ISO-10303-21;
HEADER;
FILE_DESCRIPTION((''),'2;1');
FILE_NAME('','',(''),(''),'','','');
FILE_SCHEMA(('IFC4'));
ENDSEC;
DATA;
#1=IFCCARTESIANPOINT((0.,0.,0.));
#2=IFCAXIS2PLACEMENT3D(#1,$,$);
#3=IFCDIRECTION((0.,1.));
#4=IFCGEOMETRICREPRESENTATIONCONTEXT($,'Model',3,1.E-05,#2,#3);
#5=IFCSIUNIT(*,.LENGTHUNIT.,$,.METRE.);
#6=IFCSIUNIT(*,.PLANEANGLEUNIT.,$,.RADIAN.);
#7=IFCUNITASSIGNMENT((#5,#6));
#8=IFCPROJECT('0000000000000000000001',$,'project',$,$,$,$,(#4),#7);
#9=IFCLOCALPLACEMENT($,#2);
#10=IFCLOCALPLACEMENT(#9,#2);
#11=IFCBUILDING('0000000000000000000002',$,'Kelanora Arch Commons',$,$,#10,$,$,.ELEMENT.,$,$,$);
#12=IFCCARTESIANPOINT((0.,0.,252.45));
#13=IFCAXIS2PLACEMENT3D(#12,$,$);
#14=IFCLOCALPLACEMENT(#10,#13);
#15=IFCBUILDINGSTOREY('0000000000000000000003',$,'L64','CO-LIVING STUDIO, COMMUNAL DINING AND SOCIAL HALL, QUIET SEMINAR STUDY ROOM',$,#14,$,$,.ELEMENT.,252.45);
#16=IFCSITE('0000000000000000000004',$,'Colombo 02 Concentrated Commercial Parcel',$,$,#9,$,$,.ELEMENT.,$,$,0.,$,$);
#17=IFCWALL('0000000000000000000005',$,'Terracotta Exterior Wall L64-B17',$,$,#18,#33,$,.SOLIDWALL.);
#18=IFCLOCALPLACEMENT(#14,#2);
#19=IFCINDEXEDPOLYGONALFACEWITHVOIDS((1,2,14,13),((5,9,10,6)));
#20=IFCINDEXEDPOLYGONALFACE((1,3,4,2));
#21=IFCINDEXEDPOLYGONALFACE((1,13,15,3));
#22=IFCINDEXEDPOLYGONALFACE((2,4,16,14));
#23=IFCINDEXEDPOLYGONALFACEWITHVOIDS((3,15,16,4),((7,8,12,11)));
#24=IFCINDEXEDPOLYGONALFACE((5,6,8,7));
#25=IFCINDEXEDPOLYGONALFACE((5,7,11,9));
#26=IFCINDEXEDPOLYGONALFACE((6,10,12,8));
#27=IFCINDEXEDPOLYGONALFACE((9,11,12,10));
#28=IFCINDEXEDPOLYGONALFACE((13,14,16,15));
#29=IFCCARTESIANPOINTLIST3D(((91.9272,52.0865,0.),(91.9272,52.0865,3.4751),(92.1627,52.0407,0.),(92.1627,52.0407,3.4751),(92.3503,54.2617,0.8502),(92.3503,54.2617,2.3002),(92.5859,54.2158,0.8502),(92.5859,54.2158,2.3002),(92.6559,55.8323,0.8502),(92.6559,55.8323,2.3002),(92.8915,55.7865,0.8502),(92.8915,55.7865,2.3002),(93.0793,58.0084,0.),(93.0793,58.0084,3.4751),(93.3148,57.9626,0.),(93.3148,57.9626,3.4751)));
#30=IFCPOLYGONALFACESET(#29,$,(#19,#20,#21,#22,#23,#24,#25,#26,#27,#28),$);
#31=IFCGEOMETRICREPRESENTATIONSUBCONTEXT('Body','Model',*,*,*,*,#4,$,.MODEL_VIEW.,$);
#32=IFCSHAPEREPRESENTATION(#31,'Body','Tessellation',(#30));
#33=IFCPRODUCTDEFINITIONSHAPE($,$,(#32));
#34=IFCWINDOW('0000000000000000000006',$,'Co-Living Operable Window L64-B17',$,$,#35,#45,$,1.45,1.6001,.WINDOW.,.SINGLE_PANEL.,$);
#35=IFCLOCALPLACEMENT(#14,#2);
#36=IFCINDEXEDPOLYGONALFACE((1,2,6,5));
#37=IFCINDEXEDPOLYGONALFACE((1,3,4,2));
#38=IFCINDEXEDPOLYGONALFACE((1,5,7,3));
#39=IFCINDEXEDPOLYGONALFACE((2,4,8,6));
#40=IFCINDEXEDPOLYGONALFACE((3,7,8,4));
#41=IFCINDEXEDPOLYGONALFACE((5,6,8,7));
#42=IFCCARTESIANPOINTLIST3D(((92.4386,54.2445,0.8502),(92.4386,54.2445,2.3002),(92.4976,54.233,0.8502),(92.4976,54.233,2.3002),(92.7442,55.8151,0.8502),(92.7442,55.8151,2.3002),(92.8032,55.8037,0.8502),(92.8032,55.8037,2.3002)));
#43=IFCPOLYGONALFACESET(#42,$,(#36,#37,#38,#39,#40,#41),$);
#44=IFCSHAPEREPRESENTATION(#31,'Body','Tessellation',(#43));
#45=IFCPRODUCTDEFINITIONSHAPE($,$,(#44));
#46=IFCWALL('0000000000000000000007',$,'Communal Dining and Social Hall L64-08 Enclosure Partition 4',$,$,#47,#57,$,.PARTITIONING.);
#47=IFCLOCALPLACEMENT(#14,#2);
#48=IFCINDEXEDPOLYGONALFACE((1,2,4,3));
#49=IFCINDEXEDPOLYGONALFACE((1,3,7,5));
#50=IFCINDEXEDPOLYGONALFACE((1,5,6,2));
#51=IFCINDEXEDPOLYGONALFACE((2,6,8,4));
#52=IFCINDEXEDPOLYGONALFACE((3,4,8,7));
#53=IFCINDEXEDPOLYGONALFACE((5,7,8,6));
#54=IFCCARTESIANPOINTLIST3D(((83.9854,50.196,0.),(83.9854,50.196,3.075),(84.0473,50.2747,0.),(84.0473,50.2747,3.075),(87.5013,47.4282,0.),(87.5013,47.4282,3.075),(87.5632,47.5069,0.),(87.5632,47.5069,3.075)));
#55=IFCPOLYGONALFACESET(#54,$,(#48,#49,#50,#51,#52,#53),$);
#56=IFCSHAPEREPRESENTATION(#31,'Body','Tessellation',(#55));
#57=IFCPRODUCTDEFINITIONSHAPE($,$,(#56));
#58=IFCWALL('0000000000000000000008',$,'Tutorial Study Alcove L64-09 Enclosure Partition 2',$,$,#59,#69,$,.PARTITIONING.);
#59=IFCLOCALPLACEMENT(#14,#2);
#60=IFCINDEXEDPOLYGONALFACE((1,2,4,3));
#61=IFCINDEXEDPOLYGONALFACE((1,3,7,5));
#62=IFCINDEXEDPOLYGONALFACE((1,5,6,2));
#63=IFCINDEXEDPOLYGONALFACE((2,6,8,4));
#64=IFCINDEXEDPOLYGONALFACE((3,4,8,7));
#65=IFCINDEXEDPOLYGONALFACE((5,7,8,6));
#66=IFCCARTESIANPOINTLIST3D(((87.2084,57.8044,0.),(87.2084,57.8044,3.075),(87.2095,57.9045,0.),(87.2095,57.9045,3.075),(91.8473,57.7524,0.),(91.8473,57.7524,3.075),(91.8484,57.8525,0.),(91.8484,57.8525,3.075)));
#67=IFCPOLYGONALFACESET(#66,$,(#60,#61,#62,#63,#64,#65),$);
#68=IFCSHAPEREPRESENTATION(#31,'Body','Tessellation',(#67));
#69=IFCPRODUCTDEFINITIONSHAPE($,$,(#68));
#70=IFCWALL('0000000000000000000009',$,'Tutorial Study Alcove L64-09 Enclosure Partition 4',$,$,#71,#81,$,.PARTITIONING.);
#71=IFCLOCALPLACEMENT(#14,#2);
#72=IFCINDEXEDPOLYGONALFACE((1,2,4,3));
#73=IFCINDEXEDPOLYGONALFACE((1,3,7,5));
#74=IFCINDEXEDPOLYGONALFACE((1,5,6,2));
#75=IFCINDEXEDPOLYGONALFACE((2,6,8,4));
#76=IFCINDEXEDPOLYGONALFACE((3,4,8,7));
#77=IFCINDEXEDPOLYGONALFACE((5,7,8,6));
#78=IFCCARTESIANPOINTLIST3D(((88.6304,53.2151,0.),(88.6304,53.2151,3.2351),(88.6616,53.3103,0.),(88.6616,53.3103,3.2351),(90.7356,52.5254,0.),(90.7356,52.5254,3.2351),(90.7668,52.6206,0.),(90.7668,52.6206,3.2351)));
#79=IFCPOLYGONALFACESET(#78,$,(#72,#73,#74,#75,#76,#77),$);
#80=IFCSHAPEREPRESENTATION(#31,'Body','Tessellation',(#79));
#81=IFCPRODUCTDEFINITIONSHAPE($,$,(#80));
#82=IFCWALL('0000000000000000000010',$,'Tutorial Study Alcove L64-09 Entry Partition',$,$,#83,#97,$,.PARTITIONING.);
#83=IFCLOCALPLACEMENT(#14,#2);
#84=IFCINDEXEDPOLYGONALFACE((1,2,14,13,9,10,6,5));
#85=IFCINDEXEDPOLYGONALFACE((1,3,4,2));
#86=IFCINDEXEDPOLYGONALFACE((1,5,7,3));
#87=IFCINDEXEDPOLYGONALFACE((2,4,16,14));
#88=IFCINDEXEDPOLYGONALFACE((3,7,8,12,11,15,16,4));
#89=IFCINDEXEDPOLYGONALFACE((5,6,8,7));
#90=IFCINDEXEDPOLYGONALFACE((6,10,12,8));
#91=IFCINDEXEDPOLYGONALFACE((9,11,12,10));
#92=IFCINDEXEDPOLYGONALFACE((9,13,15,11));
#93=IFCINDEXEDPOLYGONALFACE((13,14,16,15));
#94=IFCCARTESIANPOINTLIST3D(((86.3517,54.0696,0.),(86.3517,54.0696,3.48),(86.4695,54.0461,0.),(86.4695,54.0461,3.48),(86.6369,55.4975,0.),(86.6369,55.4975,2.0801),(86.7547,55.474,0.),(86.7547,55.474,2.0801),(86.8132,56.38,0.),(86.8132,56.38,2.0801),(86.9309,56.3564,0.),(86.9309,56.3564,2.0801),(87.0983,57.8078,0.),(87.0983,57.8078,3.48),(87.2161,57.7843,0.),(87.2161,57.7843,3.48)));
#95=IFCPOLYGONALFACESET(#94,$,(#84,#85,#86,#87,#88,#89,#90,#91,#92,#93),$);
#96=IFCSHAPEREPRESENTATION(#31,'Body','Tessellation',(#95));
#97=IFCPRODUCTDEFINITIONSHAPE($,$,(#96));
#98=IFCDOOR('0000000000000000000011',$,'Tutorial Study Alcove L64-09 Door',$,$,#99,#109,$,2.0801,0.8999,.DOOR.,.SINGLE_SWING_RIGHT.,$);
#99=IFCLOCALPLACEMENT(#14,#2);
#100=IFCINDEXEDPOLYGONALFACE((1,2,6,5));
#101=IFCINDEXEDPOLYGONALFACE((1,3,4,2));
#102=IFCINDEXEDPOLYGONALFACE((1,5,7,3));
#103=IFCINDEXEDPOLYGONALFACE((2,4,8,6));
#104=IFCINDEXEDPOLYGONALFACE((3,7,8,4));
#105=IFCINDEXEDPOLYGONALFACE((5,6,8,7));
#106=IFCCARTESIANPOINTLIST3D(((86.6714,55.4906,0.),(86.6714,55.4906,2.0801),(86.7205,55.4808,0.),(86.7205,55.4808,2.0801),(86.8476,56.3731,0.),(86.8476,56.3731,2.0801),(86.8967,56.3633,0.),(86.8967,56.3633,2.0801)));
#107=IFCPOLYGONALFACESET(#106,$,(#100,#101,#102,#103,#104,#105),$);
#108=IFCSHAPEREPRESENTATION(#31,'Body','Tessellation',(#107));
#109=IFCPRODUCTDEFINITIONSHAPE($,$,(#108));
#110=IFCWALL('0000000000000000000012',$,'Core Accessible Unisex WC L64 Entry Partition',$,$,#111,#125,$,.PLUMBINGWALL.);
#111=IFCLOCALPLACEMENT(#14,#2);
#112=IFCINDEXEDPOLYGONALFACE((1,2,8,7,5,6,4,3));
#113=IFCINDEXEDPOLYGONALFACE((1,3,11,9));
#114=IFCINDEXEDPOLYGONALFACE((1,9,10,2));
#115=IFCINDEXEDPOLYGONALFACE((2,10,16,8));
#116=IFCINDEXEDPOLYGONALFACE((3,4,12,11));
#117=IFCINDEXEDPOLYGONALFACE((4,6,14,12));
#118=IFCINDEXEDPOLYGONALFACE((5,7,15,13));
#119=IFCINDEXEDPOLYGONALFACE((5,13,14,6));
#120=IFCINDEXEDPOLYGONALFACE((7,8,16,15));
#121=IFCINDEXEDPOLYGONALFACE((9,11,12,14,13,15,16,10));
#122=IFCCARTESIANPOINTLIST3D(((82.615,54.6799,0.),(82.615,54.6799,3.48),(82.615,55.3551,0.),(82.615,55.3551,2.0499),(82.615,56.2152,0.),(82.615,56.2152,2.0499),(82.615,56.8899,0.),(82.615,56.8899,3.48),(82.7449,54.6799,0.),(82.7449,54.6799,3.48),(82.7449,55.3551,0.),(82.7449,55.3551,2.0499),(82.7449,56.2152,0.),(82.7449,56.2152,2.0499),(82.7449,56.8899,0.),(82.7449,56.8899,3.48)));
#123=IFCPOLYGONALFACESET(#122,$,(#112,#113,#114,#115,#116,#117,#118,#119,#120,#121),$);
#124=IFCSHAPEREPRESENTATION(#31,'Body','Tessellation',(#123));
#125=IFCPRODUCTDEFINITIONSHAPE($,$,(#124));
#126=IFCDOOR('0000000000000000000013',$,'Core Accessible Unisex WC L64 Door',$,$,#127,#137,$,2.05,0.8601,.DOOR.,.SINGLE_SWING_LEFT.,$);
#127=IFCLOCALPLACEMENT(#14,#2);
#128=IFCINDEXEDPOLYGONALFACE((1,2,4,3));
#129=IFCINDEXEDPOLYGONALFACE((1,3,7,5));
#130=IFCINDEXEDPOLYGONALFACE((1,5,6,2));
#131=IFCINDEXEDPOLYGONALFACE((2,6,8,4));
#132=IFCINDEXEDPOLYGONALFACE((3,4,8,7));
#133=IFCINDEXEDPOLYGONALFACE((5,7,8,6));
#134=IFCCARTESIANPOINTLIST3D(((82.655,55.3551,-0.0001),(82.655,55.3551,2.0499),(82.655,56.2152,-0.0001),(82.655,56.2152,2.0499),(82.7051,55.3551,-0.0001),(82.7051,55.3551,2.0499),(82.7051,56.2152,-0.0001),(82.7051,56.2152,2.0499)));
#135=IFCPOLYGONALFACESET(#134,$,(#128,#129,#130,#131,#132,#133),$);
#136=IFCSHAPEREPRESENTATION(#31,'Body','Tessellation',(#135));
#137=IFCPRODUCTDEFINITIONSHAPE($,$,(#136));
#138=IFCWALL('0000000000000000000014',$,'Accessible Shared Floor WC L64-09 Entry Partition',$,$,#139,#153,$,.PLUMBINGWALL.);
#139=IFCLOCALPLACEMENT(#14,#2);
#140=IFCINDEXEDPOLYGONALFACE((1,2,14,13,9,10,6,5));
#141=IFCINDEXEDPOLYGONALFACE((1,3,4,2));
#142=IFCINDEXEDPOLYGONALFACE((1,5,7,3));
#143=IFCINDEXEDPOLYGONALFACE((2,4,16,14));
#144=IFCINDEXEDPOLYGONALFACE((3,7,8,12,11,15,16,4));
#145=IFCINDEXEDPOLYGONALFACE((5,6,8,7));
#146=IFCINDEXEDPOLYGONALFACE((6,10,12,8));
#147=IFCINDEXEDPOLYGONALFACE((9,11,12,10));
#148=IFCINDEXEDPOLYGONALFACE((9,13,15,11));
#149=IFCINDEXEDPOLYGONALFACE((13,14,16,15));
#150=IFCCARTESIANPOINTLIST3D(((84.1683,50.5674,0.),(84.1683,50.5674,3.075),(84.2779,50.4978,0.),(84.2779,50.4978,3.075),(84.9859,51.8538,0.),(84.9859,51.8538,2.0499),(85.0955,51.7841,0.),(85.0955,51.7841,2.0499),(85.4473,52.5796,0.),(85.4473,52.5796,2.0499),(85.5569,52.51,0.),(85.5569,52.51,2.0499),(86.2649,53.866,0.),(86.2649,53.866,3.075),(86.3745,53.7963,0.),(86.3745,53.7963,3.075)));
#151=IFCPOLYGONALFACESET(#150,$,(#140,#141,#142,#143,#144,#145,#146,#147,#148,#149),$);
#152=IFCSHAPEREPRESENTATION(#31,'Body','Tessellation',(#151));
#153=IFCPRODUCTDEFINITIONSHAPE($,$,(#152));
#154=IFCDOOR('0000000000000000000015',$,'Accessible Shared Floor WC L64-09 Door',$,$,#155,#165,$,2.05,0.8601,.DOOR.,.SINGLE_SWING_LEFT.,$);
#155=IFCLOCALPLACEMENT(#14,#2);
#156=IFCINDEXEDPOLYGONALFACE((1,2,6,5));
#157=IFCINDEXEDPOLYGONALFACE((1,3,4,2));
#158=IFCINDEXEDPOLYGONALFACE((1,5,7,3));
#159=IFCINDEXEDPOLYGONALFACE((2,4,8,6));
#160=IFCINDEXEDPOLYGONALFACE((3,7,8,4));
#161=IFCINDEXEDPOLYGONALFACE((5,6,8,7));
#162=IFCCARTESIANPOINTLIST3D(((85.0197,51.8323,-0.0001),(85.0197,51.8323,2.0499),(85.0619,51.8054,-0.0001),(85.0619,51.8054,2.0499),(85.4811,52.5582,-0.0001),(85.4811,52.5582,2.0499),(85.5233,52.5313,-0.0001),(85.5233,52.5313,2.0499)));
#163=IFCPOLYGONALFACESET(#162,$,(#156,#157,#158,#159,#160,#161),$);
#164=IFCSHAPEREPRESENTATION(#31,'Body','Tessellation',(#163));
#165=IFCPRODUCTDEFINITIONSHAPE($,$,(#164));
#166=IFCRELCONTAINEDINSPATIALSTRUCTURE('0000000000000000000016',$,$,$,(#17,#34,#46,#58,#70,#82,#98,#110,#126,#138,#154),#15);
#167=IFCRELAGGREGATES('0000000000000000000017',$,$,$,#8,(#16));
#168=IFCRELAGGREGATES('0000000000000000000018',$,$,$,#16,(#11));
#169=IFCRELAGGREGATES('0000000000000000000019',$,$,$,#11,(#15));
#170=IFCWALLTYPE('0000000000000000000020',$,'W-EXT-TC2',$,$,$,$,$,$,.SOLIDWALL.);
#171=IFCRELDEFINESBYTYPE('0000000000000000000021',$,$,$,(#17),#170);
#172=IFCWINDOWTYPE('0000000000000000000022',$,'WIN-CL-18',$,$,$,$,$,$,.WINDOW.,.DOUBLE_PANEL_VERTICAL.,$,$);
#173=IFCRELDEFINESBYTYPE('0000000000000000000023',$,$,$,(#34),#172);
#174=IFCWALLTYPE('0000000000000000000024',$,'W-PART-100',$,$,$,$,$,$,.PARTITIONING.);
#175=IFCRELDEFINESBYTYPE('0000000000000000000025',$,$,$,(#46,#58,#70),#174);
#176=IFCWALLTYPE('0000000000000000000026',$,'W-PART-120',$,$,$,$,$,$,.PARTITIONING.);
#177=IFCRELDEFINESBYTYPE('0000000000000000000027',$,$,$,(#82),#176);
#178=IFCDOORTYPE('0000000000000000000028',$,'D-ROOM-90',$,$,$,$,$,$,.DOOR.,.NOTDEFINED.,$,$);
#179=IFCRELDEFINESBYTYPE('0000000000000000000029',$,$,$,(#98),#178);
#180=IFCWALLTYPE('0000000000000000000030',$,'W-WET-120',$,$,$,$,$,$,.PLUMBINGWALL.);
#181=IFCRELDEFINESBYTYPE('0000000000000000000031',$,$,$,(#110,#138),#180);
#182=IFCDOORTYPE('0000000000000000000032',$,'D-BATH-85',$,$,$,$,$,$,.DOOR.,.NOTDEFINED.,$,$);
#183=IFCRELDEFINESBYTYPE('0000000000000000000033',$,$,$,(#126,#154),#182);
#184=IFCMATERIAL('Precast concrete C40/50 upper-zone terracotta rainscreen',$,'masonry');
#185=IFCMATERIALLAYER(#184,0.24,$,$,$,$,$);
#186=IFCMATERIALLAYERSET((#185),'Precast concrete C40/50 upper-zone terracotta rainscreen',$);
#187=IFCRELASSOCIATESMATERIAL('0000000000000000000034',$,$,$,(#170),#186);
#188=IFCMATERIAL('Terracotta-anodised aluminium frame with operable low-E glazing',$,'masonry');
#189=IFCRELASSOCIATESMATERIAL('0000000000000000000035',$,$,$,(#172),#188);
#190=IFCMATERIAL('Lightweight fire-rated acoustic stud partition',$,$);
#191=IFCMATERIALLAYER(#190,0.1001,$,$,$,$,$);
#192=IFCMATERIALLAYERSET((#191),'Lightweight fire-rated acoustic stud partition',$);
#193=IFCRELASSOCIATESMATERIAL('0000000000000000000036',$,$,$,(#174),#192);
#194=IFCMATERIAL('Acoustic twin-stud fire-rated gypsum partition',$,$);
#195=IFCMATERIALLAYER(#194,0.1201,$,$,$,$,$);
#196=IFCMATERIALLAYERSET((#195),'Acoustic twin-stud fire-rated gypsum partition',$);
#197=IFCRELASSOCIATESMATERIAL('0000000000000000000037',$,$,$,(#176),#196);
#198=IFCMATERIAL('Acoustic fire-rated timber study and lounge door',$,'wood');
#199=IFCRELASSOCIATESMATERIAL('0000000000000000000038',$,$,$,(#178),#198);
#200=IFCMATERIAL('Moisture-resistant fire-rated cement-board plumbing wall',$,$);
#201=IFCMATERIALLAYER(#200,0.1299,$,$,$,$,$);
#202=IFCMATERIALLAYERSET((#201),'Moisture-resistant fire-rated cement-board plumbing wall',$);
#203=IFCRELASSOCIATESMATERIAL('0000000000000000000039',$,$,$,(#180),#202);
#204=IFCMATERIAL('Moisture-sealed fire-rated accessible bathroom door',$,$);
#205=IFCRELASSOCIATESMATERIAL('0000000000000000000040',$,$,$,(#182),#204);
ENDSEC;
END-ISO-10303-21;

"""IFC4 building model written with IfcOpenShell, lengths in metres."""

from ifc_helpers import new_model, si_unit, direction, frame, frame_2d, origin, place, context, subcontext, project, spatial, rectangle, extrude, material, layer, layer_set, type_object, element, fill, save


model = new_model("IFC4")

# Units and contexts
model_context = context("Model", 3, precision=1e-05, world=origin(), true_north=direction((0.0, 1.0)))
body_context = subcontext(model_context, "Body", "Model", "MODEL_VIEW")
ifc_project = project(units=[si_unit("LENGTHUNIT", "METRE"), si_unit("PLANEANGLEUNIT", "RADIAN")], contexts=[model_context])

# Site, building, storey
site_placement = place(None, origin())
site = spatial("IfcSite", under=ifc_project, at=site_placement, Name="Colombo 02 Concentrated Commercial Parcel", CompositionType="ELEMENT", RefElevation=0.0)
building_placement = place(site_placement, origin())
building = spatial("IfcBuilding", under=site, at=building_placement, Name="Kelanora Arch Commons", CompositionType="ELEMENT")
storey_placement = place(building_placement, frame((0.0, 0.0, 252.45)))
storey = spatial("IfcBuildingStorey", under=building, at=storey_placement, Name="L64", Description="CO-LIVING STUDIO, COMMUNAL DINING AND SOCIAL HALL, QUIET SEMINAR STUDY ROOM", CompositionType="ELEMENT", Elevation=252.45)

# Wall, opening, window
ifc_material_1 = material(Name="Precast concrete C40/50 upper-zone terracotta rainscreen", Category="masonry")
ifc_layer_1 = layer(ifc_material_1, 0.24)
ifc_layer_set_1 = layer_set([ifc_layer_1], Name="Precast concrete C40/50 upper-zone terracotta rainscreen")
wall_type_1 = type_object("IfcWallType", Name="W-EXT-TC2", PredefinedType="SOLIDWALL", material=ifc_layer_set_1)
wall_1_placement = place(storey_placement, frame((92.0449, 52.0635, 0.0), z_axis=(0.0, 0.0, 1.0), x_axis=(0.190969, 0.981596, 0.0)))
wall_1 = element("IfcWall", 1, at=wall_1_placement, inside=storey, type_object=wall_type_1, Name="Terracotta Exterior Wall L64-B17", PredefinedType="SOLIDWALL", context=body_context, shape_type="SweptSolid", body=[
    extrude(rectangle(XDim=6.033, YDim=0.24, at=frame_2d((3.0166, 0.0))), origin(), (0.0, 0.0, 1.0), 3.4751),
])
opening_1_placement = place(wall_1_placement, frame((2.2161, 0.0, 0.8501)))
opening_1 = element("IfcOpeningElement", 2, at=opening_1_placement, cuts=wall_1, PredefinedType="OPENING", context=body_context, shape_type="SweptSolid", body=[
    extrude(rectangle(XDim=1.6001, YDim=1.45, at=frame_2d((0.8, 0.7251))), frame((0.0, 0.1299, 0.0), z_axis=(0.0, -1.0, 0.0), x_axis=(1.0, 0.0, 0.0)), (0.0, 0.0, 1.0), 0.26),
])
ifc_material_2 = material(Name="Terracotta-anodised aluminium frame with operable low-E glazing", Category="masonry")
window_type = type_object("IfcWindowType", Name="WIN-CL-18", PartitioningType="DOUBLE_PANEL_VERTICAL", PredefinedType="WINDOW", material=ifc_material_2)
window_placement = place(opening_1_placement, origin())
window = element("IfcWindow", 3, at=window_placement, inside=storey, type_object=window_type, Name="Co-Living Operable Window L64-B17", OverallHeight=1.45, OverallWidth=1.6001, PartitioningType="SINGLE_PANEL", PredefinedType="WINDOW", context=body_context, shape_type="SweptSolid", body=[
    extrude(rectangle(XDim=1.6001, YDim=1.45, at=frame_2d((0.8, 0.7251))), frame((0.0, 0.03, 0.0), z_axis=(0.0, -1.0, 0.0), x_axis=(1.0, 0.0, 0.0)), (0.0, 0.0, 1.0), 0.0601),
])
fill(opening_1, window)

# Walls
ifc_material_3 = material(Name="Lightweight fire-rated acoustic stud partition")
ifc_layer_2 = layer(ifc_material_3, 0.1001)
ifc_layer_set_2 = layer_set([ifc_layer_2], Name="Lightweight fire-rated acoustic stud partition")
wall_type_2 = type_object("IfcWallType", Name="W-PART-100", PredefinedType="PARTITIONING", material=ifc_layer_set_2)
wall_2_placement = place(storey_placement, frame((84.0164, 50.2354, 0.0), z_axis=(0.0, 0.0, 1.0), x_axis=(0.785737, -0.618561, 0.0)))
element("IfcWall", 4, at=wall_2_placement, inside=storey, type_object=wall_type_2, Name="Communal Dining and Social Hall L64-08 Enclosure Partition 4", PredefinedType="PARTITIONING", context=body_context, shape_type="SweptSolid", body=[
    extrude(rectangle(XDim=4.4746, YDim=0.1001, at=frame_2d((2.2373, 0.0))), origin(), (0.0, 0.0, 1.0), 3.075),
])
wall_3_placement = place(storey_placement, frame((87.209, 57.8545, 0.0), z_axis=(0.0, 0.0, 1.0), x_axis=(0.999937, -0.011209, 0.0)))
element("IfcWall", 5, at=wall_3_placement, inside=storey, type_object=wall_type_2, Name="Tutorial Study Alcove L64-09 Enclosure Partition 2", PredefinedType="PARTITIONING", context=body_context, shape_type="SweptSolid", body=[
    extrude(rectangle(XDim=4.6392, YDim=0.1001, at=frame_2d((2.3196, 0.0))), origin(), (0.0, 0.0, 1.0), 3.075),
])
wall_4_placement = place(storey_placement, frame((90.7512, 52.573, 0.0), z_axis=(0.0, 0.0, 1.0), x_axis=(-0.950302, 0.31133, 0.0)))
element("IfcWall", 6, at=wall_4_placement, inside=storey, type_object=wall_type_2, Name="Tutorial Study Alcove L64-09 Enclosure Partition 4", PredefinedType="PARTITIONING", context=body_context, shape_type="SweptSolid", body=[
    extrude(rectangle(XDim=2.2153, YDim=0.1001, at=frame_2d((1.1077, 0.0))), origin(), (0.0, 0.0, 1.0), 3.2351),
])

# Walls, openings, doors
ifc_material_4 = material(Name="Acoustic twin-stud fire-rated gypsum partition")
ifc_layer_3 = layer(ifc_material_4, 0.1201)
ifc_layer_set_3 = layer_set([ifc_layer_3], Name="Acoustic twin-stud fire-rated gypsum partition")
wall_type_3 = type_object("IfcWallType", Name="W-PART-120", PredefinedType="PARTITIONING", material=ifc_layer_set_3)
wall_5_placement = place(storey_placement, frame((86.4106, 54.0579, 0.0), z_axis=(0.0, 0.0, 1.0), x_axis=(0.195845, 0.980635, 0.0)))
wall_5 = element("IfcWall", 7, at=wall_5_placement, inside=storey, type_object=wall_type_3, Name="Tutorial Study Alcove L64-09 Entry Partition", PredefinedType="PARTITIONING", context=body_context, shape_type="SweptSolid", body=[
    extrude(rectangle(XDim=3.812, YDim=0.1201, at=frame_2d((1.906, 0.0))), origin(), (0.0, 0.0, 1.0), 3.48),
])
opening_2_placement = place(wall_5_placement, frame((1.4561, 0.0, 0.0)))
opening_2 = element("IfcOpeningElement", 8, at=opening_2_placement, cuts=wall_5, PredefinedType="OPENING", context=body_context, shape_type="SweptSolid", body=[
    extrude(rectangle(XDim=0.8999, YDim=2.0801, at=frame_2d((0.45, 1.04))), frame((0.0, 0.0701, 0.0), z_axis=(0.0, -1.0, 0.0), x_axis=(1.0, 0.0, 0.0)), (0.0, 0.0, 1.0), 0.1401),
])
ifc_material_5 = material(Name="Acoustic fire-rated timber study and lounge door", Category="wood")
door_type_1 = type_object("IfcDoorType", Name="D-ROOM-90", OperationType="NOTDEFINED", PredefinedType="DOOR", material=ifc_material_5)
door_1_placement = place(opening_2_placement, origin())
door_1 = element("IfcDoor", 9, at=door_1_placement, inside=storey, type_object=door_type_1, Name="Tutorial Study Alcove L64-09 Door", OperationType="SINGLE_SWING_RIGHT", OverallHeight=2.0801, OverallWidth=0.8999, PredefinedType="DOOR", context=body_context, shape_type="SweptSolid", body=[
    extrude(rectangle(XDim=0.8999, YDim=2.0801, at=frame_2d((0.45, 1.04))), frame((0.0, 0.0249, 0.0), z_axis=(0.0, -1.0, 0.0), x_axis=(1.0, 0.0, 0.0)), (0.0, 0.0, 1.0), 0.05),
])
fill(opening_2, door_1)
ifc_material_6 = material(Name="Moisture-resistant fire-rated cement-board plumbing wall")
ifc_layer_4 = layer(ifc_material_6, 0.1299)
ifc_layer_set_4 = layer_set([ifc_layer_4], Name="Moisture-resistant fire-rated cement-board plumbing wall")
wall_type_4 = type_object("IfcWallType", Name="W-WET-120", PredefinedType="PLUMBINGWALL", material=ifc_layer_set_4)
wall_6_placement = place(storey_placement, frame((82.6799, 54.6799, 0.0), z_axis=(0.0, 0.0, 1.0), x_axis=(0.0, 1.0, 0.0)))
wall_6 = element("IfcWall", 10, at=wall_6_placement, inside=storey, type_object=wall_type_4, Name="Core Accessible Unisex WC L64 Entry Partition", PredefinedType="PLUMBINGWALL", context=body_context, shape_type="SweptSolid", body=[
    extrude(rectangle(XDim=2.21, YDim=0.1299, at=frame_2d((1.105, 0.0))), origin(), (0.0, 0.0, 1.0), 3.48),
])
opening_3_placement = place(wall_6_placement, frame((0.675, 0.0, 0.0)))
opening_3 = element("IfcOpeningElement", 11, at=opening_3_placement, cuts=wall_6, PredefinedType="OPENING", context=body_context, shape_type="SweptSolid", body=[
    extrude(rectangle(XDim=0.8601, YDim=2.05, at=frame_2d((0.4302, 1.0249))), frame((0.0, 0.075, 0.0), z_axis=(0.0, -1.0, 0.0), x_axis=(1.0, 0.0, 0.0)), (0.0, 0.0, 1.0), 0.1499),
])
ifc_material_7 = material(Name="Moisture-sealed fire-rated accessible bathroom door")
door_type_2 = type_object("IfcDoorType", Name="D-BATH-85", OperationType="NOTDEFINED", PredefinedType="DOOR", material=ifc_material_7)
door_2_placement = place(opening_3_placement, origin())
door_2 = element("IfcDoor", 12, at=door_2_placement, inside=storey, type_object=door_type_2, Name="Core Accessible Unisex WC L64 Door", OperationType="SINGLE_SWING_LEFT", OverallHeight=2.05, OverallWidth=0.8601, PredefinedType="DOOR", context=body_context, shape_type="SweptSolid", body=[
    extrude(rectangle(XDim=0.8601, YDim=2.05, at=frame_2d((0.4302, 1.0249))), frame((0.0, 0.0249, 0.0), z_axis=(0.0, -1.0, 0.0), x_axis=(1.0, 0.0, 0.0)), (0.0, 0.0, 1.0), 0.05),
])
fill(opening_3, door_2)
wall_7_placement = place(storey_placement, frame((84.2231, 50.5327, 0.0), z_axis=(0.0, 0.0, 1.0), x_axis=(0.536435, 0.843942, 0.0)))
wall_7 = element("IfcWall", 13, at=wall_7_placement, inside=storey, type_object=wall_type_4, Name="Accessible Shared Floor WC L64-09 Entry Partition", PredefinedType="PLUMBINGWALL", context=body_context, shape_type="SweptSolid", body=[
    extrude(rectangle(XDim=3.9084, YDim=0.1299, at=frame_2d((1.9541, 0.0))), origin(), (0.0, 0.0, 1.0), 3.075),
])
opening_4_placement = place(wall_7_placement, frame((1.5239, 0.0, 0.0)))
opening_4 = element("IfcOpeningElement", 14, at=opening_4_placement, cuts=wall_7, PredefinedType="OPENING", context=body_context, shape_type="SweptSolid", body=[
    extrude(rectangle(XDim=0.8601, YDim=2.05, at=frame_2d((0.4302, 1.0249))), frame((0.0, 0.075, 0.0), z_axis=(0.0, -1.0, 0.0), x_axis=(1.0, 0.0, 0.0)), (0.0, 0.0, 1.0), 0.1499),
])
door_3_placement = place(opening_4_placement, origin())
door_3 = element("IfcDoor", 15, at=door_3_placement, inside=storey, type_object=door_type_2, Name="Accessible Shared Floor WC L64-09 Door", OperationType="SINGLE_SWING_LEFT", OverallHeight=2.05, OverallWidth=0.8601, PredefinedType="DOOR", context=body_context, shape_type="SweptSolid", body=[
    extrude(rectangle(XDim=0.8601, YDim=2.05, at=frame_2d((0.4302, 1.0249))), frame((0.0, 0.0249, 0.0), z_axis=(0.0, -1.0, 0.0), x_axis=(1.0, 0.0, 0.0)), (0.0, 0.0, 1.0), 0.05),
])
fill(opening_4, door_3)

save(model, "model.ifc")
